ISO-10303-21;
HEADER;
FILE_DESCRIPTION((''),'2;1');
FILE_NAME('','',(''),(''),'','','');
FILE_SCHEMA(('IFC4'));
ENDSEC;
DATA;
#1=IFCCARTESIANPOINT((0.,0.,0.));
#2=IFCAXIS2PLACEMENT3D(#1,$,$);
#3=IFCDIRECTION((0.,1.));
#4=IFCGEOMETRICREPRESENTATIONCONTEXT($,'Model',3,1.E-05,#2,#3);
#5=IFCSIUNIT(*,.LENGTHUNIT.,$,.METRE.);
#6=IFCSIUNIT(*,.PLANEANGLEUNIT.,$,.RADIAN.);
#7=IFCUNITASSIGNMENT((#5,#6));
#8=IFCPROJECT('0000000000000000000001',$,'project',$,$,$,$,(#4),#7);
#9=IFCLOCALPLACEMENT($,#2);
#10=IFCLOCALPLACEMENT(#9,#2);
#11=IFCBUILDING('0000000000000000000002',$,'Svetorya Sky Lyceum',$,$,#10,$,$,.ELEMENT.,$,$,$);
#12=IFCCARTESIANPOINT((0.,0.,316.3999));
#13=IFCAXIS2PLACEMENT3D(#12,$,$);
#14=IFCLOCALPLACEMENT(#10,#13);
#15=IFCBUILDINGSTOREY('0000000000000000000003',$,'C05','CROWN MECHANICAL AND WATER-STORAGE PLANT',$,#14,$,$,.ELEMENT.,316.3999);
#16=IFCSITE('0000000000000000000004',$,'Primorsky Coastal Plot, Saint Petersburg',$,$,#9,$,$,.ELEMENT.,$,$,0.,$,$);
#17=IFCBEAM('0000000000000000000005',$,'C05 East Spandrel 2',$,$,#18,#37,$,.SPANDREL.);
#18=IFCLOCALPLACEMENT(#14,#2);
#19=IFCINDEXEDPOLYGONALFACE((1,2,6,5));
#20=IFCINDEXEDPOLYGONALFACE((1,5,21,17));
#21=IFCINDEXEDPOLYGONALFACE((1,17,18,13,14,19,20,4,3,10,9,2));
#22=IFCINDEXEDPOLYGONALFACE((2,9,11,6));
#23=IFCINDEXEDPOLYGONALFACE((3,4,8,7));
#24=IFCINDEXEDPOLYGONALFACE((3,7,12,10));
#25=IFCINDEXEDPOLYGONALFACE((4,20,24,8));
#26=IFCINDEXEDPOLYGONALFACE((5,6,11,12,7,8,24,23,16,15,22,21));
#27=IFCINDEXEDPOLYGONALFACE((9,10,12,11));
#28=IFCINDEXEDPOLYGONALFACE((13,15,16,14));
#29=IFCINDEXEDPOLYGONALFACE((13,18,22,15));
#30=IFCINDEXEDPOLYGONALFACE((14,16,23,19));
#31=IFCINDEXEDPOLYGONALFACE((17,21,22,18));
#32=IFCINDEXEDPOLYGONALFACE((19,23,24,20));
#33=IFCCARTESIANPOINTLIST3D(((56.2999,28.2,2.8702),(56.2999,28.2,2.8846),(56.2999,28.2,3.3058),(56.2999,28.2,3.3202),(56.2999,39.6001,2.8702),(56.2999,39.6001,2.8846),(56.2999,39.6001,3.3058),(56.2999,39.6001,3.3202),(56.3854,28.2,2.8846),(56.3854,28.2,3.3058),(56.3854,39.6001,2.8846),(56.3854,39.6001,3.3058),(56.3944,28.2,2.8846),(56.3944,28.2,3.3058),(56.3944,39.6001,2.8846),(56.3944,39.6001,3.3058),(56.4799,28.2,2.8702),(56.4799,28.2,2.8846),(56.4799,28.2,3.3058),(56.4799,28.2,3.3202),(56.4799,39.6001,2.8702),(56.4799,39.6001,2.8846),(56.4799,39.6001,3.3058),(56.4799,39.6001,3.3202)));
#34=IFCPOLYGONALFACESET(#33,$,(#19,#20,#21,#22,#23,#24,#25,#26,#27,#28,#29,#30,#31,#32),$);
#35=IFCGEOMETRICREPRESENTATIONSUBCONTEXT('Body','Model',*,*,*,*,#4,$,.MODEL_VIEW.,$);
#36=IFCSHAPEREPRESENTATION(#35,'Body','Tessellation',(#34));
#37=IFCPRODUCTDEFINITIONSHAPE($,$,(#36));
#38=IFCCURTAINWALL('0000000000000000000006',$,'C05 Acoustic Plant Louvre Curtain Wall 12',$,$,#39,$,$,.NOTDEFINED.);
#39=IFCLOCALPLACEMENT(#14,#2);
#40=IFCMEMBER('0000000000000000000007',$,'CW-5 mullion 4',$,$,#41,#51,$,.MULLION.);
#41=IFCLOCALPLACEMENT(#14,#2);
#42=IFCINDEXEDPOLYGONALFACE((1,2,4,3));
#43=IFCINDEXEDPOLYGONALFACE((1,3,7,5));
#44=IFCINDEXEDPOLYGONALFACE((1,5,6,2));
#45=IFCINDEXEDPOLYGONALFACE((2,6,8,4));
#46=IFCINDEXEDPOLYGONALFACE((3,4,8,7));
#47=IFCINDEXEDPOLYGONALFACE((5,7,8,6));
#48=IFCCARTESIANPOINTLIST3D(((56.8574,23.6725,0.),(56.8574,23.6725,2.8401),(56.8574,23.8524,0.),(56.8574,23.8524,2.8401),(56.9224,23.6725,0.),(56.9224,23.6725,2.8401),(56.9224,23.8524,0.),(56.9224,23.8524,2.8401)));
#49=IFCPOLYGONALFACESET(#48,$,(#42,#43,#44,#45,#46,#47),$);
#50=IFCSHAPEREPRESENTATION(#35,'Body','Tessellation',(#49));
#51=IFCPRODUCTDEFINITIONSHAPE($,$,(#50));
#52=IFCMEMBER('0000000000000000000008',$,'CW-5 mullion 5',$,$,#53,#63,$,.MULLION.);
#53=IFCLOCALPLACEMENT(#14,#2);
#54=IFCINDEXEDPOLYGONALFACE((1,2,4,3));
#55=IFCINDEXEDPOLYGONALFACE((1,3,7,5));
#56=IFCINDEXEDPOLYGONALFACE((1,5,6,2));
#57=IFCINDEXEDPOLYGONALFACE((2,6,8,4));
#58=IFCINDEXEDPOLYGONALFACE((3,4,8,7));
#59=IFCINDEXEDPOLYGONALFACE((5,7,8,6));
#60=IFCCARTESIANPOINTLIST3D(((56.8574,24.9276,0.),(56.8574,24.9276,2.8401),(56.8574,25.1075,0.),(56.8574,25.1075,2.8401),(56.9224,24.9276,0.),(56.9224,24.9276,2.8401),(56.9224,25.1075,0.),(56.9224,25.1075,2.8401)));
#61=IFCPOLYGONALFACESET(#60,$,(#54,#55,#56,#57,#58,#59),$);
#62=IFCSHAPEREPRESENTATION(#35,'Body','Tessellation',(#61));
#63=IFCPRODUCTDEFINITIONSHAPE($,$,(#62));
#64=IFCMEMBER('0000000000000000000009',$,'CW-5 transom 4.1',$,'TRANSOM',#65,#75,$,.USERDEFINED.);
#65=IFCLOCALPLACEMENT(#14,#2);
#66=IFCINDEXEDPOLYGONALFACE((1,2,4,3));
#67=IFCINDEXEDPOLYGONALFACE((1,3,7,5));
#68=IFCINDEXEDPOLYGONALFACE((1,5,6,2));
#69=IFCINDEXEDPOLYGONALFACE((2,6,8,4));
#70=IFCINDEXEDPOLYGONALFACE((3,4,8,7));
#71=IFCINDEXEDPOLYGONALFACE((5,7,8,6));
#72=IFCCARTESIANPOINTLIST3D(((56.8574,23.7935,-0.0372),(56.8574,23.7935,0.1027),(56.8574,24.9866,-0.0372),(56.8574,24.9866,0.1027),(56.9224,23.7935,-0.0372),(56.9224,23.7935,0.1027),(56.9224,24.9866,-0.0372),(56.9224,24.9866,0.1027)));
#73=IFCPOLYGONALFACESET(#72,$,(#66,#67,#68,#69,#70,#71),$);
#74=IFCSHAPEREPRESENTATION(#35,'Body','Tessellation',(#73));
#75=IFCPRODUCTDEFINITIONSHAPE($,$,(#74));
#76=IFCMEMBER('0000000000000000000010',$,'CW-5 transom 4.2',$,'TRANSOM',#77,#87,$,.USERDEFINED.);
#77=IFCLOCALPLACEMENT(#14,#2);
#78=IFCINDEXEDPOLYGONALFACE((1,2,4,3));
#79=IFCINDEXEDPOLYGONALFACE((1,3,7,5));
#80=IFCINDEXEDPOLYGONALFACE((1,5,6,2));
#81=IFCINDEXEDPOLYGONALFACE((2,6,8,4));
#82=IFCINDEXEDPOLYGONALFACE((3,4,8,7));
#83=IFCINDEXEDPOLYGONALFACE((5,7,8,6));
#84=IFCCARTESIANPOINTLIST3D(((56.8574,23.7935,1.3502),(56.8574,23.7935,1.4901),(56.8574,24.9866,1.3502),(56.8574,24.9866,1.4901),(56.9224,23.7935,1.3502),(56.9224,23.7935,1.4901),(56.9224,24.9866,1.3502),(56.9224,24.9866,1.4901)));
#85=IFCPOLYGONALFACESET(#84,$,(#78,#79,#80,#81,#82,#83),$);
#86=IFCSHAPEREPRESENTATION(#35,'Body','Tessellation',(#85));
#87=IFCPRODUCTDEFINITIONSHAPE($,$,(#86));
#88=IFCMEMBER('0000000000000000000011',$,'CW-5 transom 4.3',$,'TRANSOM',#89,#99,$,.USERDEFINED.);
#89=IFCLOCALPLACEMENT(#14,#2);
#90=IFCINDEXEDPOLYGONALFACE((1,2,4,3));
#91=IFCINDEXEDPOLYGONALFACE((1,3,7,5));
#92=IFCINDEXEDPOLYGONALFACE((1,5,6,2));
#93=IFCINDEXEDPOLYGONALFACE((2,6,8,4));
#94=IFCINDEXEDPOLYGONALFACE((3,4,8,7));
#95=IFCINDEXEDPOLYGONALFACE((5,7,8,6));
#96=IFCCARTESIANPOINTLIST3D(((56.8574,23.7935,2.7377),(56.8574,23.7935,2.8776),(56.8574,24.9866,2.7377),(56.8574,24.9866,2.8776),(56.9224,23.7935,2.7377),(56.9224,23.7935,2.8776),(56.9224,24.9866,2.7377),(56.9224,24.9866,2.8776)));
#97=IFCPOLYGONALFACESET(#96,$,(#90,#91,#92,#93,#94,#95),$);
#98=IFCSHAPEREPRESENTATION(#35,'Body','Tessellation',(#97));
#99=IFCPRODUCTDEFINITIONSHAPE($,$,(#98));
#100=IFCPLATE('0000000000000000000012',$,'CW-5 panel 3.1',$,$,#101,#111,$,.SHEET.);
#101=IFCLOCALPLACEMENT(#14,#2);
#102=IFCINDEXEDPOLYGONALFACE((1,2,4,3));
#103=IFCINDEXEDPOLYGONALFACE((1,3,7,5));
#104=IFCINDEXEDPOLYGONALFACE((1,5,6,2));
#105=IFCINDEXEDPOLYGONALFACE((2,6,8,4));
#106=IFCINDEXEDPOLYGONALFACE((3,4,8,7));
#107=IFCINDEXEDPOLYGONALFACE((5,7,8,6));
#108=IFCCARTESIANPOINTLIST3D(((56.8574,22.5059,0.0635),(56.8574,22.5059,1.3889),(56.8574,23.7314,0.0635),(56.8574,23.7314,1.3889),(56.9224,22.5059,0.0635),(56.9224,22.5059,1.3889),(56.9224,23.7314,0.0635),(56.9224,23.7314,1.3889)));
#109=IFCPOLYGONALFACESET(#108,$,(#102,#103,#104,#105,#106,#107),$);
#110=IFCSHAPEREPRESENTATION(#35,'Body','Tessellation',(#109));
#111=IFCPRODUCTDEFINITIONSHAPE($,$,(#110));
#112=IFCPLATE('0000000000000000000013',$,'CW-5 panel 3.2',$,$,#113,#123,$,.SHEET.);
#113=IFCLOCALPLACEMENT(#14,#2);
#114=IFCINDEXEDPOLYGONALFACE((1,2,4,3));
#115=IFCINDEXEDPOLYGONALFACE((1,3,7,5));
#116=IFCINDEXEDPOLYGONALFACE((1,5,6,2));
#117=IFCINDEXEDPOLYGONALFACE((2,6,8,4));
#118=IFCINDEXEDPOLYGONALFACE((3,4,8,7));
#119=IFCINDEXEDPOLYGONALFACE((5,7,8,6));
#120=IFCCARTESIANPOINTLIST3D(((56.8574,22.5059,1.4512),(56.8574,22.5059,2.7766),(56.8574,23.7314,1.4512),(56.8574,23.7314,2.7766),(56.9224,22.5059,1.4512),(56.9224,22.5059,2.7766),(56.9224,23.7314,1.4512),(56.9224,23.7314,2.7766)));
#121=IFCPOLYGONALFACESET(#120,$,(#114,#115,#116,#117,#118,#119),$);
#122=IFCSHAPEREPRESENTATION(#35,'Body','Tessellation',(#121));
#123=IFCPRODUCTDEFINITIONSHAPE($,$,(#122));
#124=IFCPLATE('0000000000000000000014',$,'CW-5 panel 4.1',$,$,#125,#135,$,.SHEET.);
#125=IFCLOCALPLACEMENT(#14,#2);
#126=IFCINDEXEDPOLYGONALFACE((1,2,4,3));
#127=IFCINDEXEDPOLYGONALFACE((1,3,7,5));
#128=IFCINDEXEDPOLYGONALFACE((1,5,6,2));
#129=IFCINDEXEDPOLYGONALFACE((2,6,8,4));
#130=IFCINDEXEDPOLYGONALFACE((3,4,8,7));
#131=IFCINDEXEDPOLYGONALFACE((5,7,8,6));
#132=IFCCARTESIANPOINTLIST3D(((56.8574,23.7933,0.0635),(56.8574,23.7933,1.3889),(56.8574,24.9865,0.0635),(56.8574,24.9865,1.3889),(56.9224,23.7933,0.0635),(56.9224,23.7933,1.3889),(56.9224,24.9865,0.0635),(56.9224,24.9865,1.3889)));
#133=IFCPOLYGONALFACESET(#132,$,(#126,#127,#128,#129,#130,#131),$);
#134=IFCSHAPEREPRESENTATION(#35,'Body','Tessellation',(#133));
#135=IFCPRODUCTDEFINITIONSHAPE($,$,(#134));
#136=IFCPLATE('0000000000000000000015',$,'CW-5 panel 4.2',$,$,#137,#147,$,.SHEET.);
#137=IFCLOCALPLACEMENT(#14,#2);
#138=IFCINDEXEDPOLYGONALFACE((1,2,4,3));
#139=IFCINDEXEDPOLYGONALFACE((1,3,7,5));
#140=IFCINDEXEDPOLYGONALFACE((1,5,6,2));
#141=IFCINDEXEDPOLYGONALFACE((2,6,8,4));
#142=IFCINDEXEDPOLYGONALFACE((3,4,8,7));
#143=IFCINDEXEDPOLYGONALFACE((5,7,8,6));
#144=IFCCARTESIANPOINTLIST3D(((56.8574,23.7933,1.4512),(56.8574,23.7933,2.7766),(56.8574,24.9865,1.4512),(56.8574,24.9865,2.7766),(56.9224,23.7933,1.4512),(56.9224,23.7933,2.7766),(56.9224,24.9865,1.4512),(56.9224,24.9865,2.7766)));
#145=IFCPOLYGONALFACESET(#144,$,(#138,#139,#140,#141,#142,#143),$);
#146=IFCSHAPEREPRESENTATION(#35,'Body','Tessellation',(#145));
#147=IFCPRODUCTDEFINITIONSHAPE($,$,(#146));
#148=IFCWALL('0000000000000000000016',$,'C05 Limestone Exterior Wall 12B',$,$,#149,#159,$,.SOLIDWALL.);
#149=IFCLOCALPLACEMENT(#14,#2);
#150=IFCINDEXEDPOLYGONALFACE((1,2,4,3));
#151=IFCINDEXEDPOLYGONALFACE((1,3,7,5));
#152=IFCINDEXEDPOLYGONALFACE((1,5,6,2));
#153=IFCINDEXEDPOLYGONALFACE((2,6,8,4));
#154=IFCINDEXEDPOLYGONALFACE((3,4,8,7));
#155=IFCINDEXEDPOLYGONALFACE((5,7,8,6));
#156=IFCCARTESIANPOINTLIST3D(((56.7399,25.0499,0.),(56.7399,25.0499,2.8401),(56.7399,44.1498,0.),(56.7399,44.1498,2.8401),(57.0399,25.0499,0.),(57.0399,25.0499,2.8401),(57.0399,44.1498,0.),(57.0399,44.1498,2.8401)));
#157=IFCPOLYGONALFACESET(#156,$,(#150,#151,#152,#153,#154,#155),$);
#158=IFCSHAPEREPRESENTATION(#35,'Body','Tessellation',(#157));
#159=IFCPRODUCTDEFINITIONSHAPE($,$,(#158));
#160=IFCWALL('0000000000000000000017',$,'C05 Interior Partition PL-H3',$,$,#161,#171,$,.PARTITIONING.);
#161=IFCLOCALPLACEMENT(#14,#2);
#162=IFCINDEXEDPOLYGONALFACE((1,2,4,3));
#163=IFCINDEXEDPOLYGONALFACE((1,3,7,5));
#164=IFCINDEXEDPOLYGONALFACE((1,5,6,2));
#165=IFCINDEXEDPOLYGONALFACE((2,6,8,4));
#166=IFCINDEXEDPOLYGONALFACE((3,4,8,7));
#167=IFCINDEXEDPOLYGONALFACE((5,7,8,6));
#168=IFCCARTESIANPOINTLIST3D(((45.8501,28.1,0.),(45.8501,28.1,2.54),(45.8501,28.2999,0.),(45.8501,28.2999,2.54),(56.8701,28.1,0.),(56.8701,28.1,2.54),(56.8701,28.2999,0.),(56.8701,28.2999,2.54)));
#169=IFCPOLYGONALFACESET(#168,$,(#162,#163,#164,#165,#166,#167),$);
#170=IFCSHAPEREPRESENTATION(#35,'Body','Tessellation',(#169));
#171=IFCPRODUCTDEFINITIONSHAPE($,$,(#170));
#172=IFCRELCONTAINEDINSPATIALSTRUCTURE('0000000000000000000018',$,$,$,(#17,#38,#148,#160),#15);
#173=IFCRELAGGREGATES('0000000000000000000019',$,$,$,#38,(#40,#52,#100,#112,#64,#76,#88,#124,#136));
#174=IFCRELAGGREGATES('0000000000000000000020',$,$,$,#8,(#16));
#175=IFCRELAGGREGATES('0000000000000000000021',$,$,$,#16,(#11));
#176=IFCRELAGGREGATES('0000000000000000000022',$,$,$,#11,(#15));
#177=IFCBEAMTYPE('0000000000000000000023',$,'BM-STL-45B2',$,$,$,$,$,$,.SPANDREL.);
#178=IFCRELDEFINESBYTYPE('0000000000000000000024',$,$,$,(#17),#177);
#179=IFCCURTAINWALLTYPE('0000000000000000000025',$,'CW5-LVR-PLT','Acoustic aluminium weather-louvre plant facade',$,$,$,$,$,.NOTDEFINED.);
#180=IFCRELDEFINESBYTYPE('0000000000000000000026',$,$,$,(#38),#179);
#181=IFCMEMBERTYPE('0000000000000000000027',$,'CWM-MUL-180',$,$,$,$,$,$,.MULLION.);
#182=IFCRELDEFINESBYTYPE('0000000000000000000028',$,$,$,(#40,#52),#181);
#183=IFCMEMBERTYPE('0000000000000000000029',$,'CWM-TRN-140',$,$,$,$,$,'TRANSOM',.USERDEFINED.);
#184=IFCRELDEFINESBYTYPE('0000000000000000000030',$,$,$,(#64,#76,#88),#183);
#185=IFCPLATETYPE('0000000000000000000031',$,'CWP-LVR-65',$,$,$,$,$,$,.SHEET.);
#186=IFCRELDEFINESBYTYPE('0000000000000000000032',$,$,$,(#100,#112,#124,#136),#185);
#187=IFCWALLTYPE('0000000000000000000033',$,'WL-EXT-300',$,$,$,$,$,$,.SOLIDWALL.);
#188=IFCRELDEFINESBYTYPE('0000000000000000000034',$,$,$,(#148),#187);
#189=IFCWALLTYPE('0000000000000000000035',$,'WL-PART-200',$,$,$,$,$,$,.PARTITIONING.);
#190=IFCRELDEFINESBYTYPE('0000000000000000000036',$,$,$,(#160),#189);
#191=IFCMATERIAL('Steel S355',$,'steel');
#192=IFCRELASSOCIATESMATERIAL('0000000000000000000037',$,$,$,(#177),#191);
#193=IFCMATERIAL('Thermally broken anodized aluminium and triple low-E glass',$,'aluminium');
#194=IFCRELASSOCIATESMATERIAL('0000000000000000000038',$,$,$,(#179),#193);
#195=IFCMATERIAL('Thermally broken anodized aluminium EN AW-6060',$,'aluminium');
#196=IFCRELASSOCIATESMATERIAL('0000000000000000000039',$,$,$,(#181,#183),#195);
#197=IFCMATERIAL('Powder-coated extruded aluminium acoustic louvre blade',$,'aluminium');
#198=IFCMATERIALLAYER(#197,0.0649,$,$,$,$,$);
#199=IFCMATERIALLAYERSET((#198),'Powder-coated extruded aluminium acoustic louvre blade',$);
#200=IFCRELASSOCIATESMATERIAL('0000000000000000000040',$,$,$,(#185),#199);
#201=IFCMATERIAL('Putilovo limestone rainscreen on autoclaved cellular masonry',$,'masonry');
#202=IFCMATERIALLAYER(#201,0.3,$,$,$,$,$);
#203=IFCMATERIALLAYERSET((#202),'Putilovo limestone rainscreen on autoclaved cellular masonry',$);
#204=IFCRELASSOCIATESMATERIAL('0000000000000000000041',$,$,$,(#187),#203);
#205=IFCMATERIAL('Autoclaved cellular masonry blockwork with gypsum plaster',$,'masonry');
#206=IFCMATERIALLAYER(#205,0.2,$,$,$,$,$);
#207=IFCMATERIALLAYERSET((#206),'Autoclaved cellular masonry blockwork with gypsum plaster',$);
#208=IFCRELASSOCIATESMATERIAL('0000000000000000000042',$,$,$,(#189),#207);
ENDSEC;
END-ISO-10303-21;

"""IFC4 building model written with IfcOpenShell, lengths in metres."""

from ifc_helpers import new_model, si_unit, direction, frame, frame_2d, origin, origin_2d, place, context, subcontext, project, spatial, rectangle, i_section, extrude, material, layer, layer_set, material_profile, profile_set, type_object, element, aggregate, save


model = new_model("IFC4")

# Units and contexts
model_context = context("Model", 3, precision=1e-05, world=origin(), true_north=direction((0.0, 1.0)))
body_context = subcontext(model_context, "Body", "Model", "MODEL_VIEW")
ifc_project = project(units=[si_unit("LENGTHUNIT", "METRE"), si_unit("PLANEANGLEUNIT", "RADIAN")], contexts=[model_context])

# Site, building, storey
site_placement = place(None, origin())
site = spatial("IfcSite", under=ifc_project, at=site_placement, Name="Primorsky Coastal Plot, Saint Petersburg", CompositionType="ELEMENT", RefElevation=0.0)
building_placement = place(site_placement, origin())
building = spatial("IfcBuilding", under=site, at=building_placement, Name="Svetorya Sky Lyceum", CompositionType="ELEMENT")
storey_placement = place(building_placement, frame((0.0, 0.0, 316.3999)))
storey = spatial("IfcBuildingStorey", under=building, at=storey_placement, Name="C05", Description="CROWN MECHANICAL AND WATER-STORAGE PLANT", CompositionType="ELEMENT", Elevation=316.3999)

# Beam
ifc_material_1 = material(Name="Steel S355", Category="steel")
ifc_material_profile_1 = material_profile(ifc_material_1, i_section(OverallWidth=0.1799, OverallDepth=0.45, WebThickness=0.009, FlangeThickness=0.0144, at=origin_2d()), Name="GOST 45B2")
ifc_profile_set_1 = profile_set([ifc_material_profile_1], Name="Steel S355")
beam_type_1 = type_object("IfcBeamType", Name="BM-STL-45B2", PredefinedType="SPANDREL", material=ifc_profile_set_1)
beam_1_placement = place(storey_placement, frame((56.3899, 28.2, 3.0952), z_axis=(0.0, 1.0, 0.0), x_axis=(-1.0, 0.0, 0.0)))
element("IfcBeam", 1, at=beam_1_placement, inside=storey, type_object=beam_type_1, Name="C05 East Spandrel 2", PredefinedType="SPANDREL", context=body_context, shape_type="SweptSolid", body=[
    extrude(i_section(OverallWidth=0.1799, OverallDepth=0.45, WebThickness=0.009, FlangeThickness=0.0144, at=origin_2d()), origin(), (0.0, 0.0, 1.0), 11.4001),
])

# Curtain wall, members, plates
ifc_material_2 = material(Name="Thermally broken anodized aluminium and triple low-E glass", Category="aluminium")
curtain_wall_type = type_object("IfcCurtainWallType", Name="CW5-LVR-PLT", Description="Acoustic aluminium weather-louvre plant facade", PredefinedType="NOTDEFINED", material=ifc_material_2)
curtain_wall_placement = place(storey_placement, origin())
curtain_wall = element("IfcCurtainWall", 2, at=curtain_wall_placement, inside=storey, type_object=curtain_wall_type, Name="C05 Acoustic Plant Louvre Curtain Wall 12", PredefinedType="NOTDEFINED")
ifc_material_3 = material(Name="Thermally broken anodized aluminium EN AW-6060", Category="aluminium")
ifc_material_profile_2 = material_profile(ifc_material_3, rectangle(XDim=0.0649, YDim=0.1799, at=origin_2d()), Name="ALU MULLION 65x180")
ifc_profile_set_2 = profile_set([ifc_material_profile_2], Name="Thermally broken anodized aluminium EN AW-6060")
member_type_1 = type_object("IfcMemberType", Name="CWM-MUL-180", PredefinedType="MULLION", material=ifc_profile_set_2)
member_1_placement = place(storey_placement, frame((56.8899, 23.7625, 0.0), z_axis=(0.0, 0.0, 1.0), x_axis=(-1.0, 0.0, 0.0)))
member_1 = element("IfcMember", 3, at=member_1_placement, type_object=member_type_1, Name="CW-5 mullion 4", PredefinedType="MULLION", context=body_context, shape_type="SweptSolid", body=[
    extrude(rectangle(XDim=0.0649, YDim=0.1799, at=origin_2d()), origin(), (0.0, 0.0, 1.0), 2.8401),
])
member_2_placement = place(storey_placement, frame((56.8899, 25.0176, 0.0), z_axis=(0.0, 0.0, 1.0), x_axis=(-1.0, 0.0, 0.0)))
member_2 = element("IfcMember", 4, at=member_2_placement, type_object=member_type_1, Name="CW-5 mullion 5", PredefinedType="MULLION", context=body_context, shape_type="SweptSolid", body=[
    extrude(rectangle(XDim=0.0649, YDim=0.1799, at=origin_2d()), origin(), (0.0, 0.0, 1.0), 2.8401),
])
ifc_material_profile_3 = material_profile(ifc_material_3, rectangle(XDim=0.0649, YDim=0.1399, at=origin_2d()), Name="ALU TRANSOM 65x140")
ifc_profile_set_3 = profile_set([ifc_material_profile_3], Name="Thermally broken anodized aluminium EN AW-6060")
member_type_2 = type_object("IfcMemberType", Name="CWM-TRN-140", ElementType="TRANSOM", PredefinedType="USERDEFINED", material=ifc_profile_set_3)
member_3_placement = place(storey_placement, frame((56.8899, 23.7935, 0.0327), z_axis=(0.0, 1.0, 0.0), x_axis=(-1.0, 0.0, 0.0)))
member_3 = element("IfcMember", 5, at=member_3_placement, type_object=member_type_2, Name="CW-5 transom 4.1", ObjectType="TRANSOM", PredefinedType="USERDEFINED", context=body_context, shape_type="SweptSolid", body=[
    extrude(rectangle(XDim=0.0649, YDim=0.1399, at=origin_2d()), origin(), (0.0, 0.0, 1.0), 1.1931),
])
member_4_placement = place(storey_placement, frame((56.8899, 23.7935, 1.4202), z_axis=(0.0, 1.0, 0.0), x_axis=(-1.0, 0.0, 0.0)))
member_4 = element("IfcMember", 6, at=member_4_placement, type_object=member_type_2, Name="CW-5 transom 4.2", ObjectType="TRANSOM", PredefinedType="USERDEFINED", context=body_context, shape_type="SweptSolid", body=[
    extrude(rectangle(XDim=0.0649, YDim=0.1399, at=origin_2d()), origin(), (0.0, 0.0, 1.0), 1.1931),
])
member_5_placement = place(storey_placement, frame((56.8899, 23.7935, 2.8076), z_axis=(0.0, 1.0, 0.0), x_axis=(-1.0, 0.0, 0.0)))
member_5 = element("IfcMember", 7, at=member_5_placement, type_object=member_type_2, Name="CW-5 transom 4.3", ObjectType="TRANSOM", PredefinedType="USERDEFINED", context=body_context, shape_type="SweptSolid", body=[
    extrude(rectangle(XDim=0.0649, YDim=0.1399, at=origin_2d()), origin(), (0.0, 0.0, 1.0), 1.1931),
])
ifc_material_4 = material(Name="Powder-coated extruded aluminium acoustic louvre blade", Category="aluminium")
ifc_layer_1 = layer(ifc_material_4, 0.0649)
ifc_layer_set_1 = layer_set([ifc_layer_1], Name="Powder-coated extruded aluminium acoustic louvre blade")
plate_type = type_object("IfcPlateType", Name="CWP-LVR-65", PredefinedType="SHEET", material=ifc_layer_set_1)
plate_1_placement = place(storey_placement, frame((56.8899, 23.1187, 0.0635), z_axis=(0.0, 0.0, 1.0), x_axis=(0.0, 1.0, 0.0)))
plate_1 = element("IfcPlate", 8, at=plate_1_placement, type_object=plate_type, Name="CW-5 panel 3.1", PredefinedType="SHEET", context=body_context, shape_type="SweptSolid", body=[
    extrude(rectangle(XDim=1.2256, YDim=0.0649, at=origin_2d()), origin(), (0.0, 0.0, 1.0), 1.3254),
])
plate_2_placement = place(storey_placement, frame((56.8899, 23.1187, 1.4512), z_axis=(0.0, 0.0, 1.0), x_axis=(0.0, 1.0, 0.0)))
plate_2 = element("IfcPlate", 9, at=plate_2_placement, type_object=plate_type, Name="CW-5 panel 3.2", PredefinedType="SHEET", context=body_context, shape_type="SweptSolid", body=[
    extrude(rectangle(XDim=1.2256, YDim=0.0649, at=origin_2d()), origin(), (0.0, 0.0, 1.0), 1.3254),
])
plate_3_placement = place(storey_placement, frame((56.8899, 24.3899, 0.0635), z_axis=(0.0, 0.0, 1.0), x_axis=(0.0, 1.0, 0.0)))
plate_3 = element("IfcPlate", 10, at=plate_3_placement, type_object=plate_type, Name="CW-5 panel 4.1", PredefinedType="SHEET", context=body_context, shape_type="SweptSolid", body=[
    extrude(rectangle(XDim=1.1931, YDim=0.0649, at=origin_2d()), origin(), (0.0, 0.0, 1.0), 1.3254),
])
plate_4_placement = place(storey_placement, frame((56.8899, 24.3899, 1.4512), z_axis=(0.0, 0.0, 1.0), x_axis=(0.0, 1.0, 0.0)))
plate_4 = element("IfcPlate", 11, at=plate_4_placement, type_object=plate_type, Name="CW-5 panel 4.2", PredefinedType="SHEET", context=body_context, shape_type="SweptSolid", body=[
    extrude(rectangle(XDim=1.1931, YDim=0.0649, at=origin_2d()), origin(), (0.0, 0.0, 1.0), 1.3254),
])
aggregate(curtain_wall, [member_1, member_2, plate_1, plate_2, member_3, member_4, member_5, plate_3, plate_4])

# Walls
ifc_material_5 = material(Name="Putilovo limestone rainscreen on autoclaved cellular masonry", Category="masonry")
ifc_layer_2 = layer(ifc_material_5, 0.3)
ifc_layer_set_2 = layer_set([ifc_layer_2], Name="Putilovo limestone rainscreen on autoclaved cellular masonry")
wall_type_1 = type_object("IfcWallType", Name="WL-EXT-300", PredefinedType="SOLIDWALL", material=ifc_layer_set_2)
wall_1_placement = place(storey_placement, frame((56.8899, 25.05, 0.0), z_axis=(0.0, 0.0, 1.0), x_axis=(0.0, 1.0, 0.0)))
element("IfcWall", 12, at=wall_1_placement, inside=storey, type_object=wall_type_1, Name="C05 Limestone Exterior Wall 12B", PredefinedType="SOLIDWALL", context=body_context, shape_type="SweptSolid", body=[
    extrude(rectangle(XDim=19.0999, YDim=0.3, at=frame_2d((9.5498, 0.0))), origin(), (0.0, 0.0, 1.0), 2.8401),
])
ifc_material_6 = material(Name="Autoclaved cellular masonry blockwork with gypsum plaster", Category="masonry")
ifc_layer_3 = layer(ifc_material_6, 0.2)
ifc_layer_set_3 = layer_set([ifc_layer_3], Name="Autoclaved cellular masonry blockwork with gypsum plaster")
wall_type_2 = type_object("IfcWallType", Name="WL-PART-200", PredefinedType="PARTITIONING", material=ifc_layer_set_3)
wall_2_placement = place(storey_placement, frame((45.8501, 28.2, 0.0), z_axis=(0.0, 0.0, 1.0), x_axis=(1.0, 0.0, 0.0)))
element("IfcWall", 13, at=wall_2_placement, inside=storey, type_object=wall_type_2, Name="C05 Interior Partition PL-H3", PredefinedType="PARTITIONING", context=body_context, shape_type="SweptSolid", body=[
    extrude(rectangle(XDim=11.02, YDim=0.2, at=frame_2d((5.51, 0.0))), origin(), (0.0, 0.0, 1.0), 2.54),
])

save(model, "model.ifc")
